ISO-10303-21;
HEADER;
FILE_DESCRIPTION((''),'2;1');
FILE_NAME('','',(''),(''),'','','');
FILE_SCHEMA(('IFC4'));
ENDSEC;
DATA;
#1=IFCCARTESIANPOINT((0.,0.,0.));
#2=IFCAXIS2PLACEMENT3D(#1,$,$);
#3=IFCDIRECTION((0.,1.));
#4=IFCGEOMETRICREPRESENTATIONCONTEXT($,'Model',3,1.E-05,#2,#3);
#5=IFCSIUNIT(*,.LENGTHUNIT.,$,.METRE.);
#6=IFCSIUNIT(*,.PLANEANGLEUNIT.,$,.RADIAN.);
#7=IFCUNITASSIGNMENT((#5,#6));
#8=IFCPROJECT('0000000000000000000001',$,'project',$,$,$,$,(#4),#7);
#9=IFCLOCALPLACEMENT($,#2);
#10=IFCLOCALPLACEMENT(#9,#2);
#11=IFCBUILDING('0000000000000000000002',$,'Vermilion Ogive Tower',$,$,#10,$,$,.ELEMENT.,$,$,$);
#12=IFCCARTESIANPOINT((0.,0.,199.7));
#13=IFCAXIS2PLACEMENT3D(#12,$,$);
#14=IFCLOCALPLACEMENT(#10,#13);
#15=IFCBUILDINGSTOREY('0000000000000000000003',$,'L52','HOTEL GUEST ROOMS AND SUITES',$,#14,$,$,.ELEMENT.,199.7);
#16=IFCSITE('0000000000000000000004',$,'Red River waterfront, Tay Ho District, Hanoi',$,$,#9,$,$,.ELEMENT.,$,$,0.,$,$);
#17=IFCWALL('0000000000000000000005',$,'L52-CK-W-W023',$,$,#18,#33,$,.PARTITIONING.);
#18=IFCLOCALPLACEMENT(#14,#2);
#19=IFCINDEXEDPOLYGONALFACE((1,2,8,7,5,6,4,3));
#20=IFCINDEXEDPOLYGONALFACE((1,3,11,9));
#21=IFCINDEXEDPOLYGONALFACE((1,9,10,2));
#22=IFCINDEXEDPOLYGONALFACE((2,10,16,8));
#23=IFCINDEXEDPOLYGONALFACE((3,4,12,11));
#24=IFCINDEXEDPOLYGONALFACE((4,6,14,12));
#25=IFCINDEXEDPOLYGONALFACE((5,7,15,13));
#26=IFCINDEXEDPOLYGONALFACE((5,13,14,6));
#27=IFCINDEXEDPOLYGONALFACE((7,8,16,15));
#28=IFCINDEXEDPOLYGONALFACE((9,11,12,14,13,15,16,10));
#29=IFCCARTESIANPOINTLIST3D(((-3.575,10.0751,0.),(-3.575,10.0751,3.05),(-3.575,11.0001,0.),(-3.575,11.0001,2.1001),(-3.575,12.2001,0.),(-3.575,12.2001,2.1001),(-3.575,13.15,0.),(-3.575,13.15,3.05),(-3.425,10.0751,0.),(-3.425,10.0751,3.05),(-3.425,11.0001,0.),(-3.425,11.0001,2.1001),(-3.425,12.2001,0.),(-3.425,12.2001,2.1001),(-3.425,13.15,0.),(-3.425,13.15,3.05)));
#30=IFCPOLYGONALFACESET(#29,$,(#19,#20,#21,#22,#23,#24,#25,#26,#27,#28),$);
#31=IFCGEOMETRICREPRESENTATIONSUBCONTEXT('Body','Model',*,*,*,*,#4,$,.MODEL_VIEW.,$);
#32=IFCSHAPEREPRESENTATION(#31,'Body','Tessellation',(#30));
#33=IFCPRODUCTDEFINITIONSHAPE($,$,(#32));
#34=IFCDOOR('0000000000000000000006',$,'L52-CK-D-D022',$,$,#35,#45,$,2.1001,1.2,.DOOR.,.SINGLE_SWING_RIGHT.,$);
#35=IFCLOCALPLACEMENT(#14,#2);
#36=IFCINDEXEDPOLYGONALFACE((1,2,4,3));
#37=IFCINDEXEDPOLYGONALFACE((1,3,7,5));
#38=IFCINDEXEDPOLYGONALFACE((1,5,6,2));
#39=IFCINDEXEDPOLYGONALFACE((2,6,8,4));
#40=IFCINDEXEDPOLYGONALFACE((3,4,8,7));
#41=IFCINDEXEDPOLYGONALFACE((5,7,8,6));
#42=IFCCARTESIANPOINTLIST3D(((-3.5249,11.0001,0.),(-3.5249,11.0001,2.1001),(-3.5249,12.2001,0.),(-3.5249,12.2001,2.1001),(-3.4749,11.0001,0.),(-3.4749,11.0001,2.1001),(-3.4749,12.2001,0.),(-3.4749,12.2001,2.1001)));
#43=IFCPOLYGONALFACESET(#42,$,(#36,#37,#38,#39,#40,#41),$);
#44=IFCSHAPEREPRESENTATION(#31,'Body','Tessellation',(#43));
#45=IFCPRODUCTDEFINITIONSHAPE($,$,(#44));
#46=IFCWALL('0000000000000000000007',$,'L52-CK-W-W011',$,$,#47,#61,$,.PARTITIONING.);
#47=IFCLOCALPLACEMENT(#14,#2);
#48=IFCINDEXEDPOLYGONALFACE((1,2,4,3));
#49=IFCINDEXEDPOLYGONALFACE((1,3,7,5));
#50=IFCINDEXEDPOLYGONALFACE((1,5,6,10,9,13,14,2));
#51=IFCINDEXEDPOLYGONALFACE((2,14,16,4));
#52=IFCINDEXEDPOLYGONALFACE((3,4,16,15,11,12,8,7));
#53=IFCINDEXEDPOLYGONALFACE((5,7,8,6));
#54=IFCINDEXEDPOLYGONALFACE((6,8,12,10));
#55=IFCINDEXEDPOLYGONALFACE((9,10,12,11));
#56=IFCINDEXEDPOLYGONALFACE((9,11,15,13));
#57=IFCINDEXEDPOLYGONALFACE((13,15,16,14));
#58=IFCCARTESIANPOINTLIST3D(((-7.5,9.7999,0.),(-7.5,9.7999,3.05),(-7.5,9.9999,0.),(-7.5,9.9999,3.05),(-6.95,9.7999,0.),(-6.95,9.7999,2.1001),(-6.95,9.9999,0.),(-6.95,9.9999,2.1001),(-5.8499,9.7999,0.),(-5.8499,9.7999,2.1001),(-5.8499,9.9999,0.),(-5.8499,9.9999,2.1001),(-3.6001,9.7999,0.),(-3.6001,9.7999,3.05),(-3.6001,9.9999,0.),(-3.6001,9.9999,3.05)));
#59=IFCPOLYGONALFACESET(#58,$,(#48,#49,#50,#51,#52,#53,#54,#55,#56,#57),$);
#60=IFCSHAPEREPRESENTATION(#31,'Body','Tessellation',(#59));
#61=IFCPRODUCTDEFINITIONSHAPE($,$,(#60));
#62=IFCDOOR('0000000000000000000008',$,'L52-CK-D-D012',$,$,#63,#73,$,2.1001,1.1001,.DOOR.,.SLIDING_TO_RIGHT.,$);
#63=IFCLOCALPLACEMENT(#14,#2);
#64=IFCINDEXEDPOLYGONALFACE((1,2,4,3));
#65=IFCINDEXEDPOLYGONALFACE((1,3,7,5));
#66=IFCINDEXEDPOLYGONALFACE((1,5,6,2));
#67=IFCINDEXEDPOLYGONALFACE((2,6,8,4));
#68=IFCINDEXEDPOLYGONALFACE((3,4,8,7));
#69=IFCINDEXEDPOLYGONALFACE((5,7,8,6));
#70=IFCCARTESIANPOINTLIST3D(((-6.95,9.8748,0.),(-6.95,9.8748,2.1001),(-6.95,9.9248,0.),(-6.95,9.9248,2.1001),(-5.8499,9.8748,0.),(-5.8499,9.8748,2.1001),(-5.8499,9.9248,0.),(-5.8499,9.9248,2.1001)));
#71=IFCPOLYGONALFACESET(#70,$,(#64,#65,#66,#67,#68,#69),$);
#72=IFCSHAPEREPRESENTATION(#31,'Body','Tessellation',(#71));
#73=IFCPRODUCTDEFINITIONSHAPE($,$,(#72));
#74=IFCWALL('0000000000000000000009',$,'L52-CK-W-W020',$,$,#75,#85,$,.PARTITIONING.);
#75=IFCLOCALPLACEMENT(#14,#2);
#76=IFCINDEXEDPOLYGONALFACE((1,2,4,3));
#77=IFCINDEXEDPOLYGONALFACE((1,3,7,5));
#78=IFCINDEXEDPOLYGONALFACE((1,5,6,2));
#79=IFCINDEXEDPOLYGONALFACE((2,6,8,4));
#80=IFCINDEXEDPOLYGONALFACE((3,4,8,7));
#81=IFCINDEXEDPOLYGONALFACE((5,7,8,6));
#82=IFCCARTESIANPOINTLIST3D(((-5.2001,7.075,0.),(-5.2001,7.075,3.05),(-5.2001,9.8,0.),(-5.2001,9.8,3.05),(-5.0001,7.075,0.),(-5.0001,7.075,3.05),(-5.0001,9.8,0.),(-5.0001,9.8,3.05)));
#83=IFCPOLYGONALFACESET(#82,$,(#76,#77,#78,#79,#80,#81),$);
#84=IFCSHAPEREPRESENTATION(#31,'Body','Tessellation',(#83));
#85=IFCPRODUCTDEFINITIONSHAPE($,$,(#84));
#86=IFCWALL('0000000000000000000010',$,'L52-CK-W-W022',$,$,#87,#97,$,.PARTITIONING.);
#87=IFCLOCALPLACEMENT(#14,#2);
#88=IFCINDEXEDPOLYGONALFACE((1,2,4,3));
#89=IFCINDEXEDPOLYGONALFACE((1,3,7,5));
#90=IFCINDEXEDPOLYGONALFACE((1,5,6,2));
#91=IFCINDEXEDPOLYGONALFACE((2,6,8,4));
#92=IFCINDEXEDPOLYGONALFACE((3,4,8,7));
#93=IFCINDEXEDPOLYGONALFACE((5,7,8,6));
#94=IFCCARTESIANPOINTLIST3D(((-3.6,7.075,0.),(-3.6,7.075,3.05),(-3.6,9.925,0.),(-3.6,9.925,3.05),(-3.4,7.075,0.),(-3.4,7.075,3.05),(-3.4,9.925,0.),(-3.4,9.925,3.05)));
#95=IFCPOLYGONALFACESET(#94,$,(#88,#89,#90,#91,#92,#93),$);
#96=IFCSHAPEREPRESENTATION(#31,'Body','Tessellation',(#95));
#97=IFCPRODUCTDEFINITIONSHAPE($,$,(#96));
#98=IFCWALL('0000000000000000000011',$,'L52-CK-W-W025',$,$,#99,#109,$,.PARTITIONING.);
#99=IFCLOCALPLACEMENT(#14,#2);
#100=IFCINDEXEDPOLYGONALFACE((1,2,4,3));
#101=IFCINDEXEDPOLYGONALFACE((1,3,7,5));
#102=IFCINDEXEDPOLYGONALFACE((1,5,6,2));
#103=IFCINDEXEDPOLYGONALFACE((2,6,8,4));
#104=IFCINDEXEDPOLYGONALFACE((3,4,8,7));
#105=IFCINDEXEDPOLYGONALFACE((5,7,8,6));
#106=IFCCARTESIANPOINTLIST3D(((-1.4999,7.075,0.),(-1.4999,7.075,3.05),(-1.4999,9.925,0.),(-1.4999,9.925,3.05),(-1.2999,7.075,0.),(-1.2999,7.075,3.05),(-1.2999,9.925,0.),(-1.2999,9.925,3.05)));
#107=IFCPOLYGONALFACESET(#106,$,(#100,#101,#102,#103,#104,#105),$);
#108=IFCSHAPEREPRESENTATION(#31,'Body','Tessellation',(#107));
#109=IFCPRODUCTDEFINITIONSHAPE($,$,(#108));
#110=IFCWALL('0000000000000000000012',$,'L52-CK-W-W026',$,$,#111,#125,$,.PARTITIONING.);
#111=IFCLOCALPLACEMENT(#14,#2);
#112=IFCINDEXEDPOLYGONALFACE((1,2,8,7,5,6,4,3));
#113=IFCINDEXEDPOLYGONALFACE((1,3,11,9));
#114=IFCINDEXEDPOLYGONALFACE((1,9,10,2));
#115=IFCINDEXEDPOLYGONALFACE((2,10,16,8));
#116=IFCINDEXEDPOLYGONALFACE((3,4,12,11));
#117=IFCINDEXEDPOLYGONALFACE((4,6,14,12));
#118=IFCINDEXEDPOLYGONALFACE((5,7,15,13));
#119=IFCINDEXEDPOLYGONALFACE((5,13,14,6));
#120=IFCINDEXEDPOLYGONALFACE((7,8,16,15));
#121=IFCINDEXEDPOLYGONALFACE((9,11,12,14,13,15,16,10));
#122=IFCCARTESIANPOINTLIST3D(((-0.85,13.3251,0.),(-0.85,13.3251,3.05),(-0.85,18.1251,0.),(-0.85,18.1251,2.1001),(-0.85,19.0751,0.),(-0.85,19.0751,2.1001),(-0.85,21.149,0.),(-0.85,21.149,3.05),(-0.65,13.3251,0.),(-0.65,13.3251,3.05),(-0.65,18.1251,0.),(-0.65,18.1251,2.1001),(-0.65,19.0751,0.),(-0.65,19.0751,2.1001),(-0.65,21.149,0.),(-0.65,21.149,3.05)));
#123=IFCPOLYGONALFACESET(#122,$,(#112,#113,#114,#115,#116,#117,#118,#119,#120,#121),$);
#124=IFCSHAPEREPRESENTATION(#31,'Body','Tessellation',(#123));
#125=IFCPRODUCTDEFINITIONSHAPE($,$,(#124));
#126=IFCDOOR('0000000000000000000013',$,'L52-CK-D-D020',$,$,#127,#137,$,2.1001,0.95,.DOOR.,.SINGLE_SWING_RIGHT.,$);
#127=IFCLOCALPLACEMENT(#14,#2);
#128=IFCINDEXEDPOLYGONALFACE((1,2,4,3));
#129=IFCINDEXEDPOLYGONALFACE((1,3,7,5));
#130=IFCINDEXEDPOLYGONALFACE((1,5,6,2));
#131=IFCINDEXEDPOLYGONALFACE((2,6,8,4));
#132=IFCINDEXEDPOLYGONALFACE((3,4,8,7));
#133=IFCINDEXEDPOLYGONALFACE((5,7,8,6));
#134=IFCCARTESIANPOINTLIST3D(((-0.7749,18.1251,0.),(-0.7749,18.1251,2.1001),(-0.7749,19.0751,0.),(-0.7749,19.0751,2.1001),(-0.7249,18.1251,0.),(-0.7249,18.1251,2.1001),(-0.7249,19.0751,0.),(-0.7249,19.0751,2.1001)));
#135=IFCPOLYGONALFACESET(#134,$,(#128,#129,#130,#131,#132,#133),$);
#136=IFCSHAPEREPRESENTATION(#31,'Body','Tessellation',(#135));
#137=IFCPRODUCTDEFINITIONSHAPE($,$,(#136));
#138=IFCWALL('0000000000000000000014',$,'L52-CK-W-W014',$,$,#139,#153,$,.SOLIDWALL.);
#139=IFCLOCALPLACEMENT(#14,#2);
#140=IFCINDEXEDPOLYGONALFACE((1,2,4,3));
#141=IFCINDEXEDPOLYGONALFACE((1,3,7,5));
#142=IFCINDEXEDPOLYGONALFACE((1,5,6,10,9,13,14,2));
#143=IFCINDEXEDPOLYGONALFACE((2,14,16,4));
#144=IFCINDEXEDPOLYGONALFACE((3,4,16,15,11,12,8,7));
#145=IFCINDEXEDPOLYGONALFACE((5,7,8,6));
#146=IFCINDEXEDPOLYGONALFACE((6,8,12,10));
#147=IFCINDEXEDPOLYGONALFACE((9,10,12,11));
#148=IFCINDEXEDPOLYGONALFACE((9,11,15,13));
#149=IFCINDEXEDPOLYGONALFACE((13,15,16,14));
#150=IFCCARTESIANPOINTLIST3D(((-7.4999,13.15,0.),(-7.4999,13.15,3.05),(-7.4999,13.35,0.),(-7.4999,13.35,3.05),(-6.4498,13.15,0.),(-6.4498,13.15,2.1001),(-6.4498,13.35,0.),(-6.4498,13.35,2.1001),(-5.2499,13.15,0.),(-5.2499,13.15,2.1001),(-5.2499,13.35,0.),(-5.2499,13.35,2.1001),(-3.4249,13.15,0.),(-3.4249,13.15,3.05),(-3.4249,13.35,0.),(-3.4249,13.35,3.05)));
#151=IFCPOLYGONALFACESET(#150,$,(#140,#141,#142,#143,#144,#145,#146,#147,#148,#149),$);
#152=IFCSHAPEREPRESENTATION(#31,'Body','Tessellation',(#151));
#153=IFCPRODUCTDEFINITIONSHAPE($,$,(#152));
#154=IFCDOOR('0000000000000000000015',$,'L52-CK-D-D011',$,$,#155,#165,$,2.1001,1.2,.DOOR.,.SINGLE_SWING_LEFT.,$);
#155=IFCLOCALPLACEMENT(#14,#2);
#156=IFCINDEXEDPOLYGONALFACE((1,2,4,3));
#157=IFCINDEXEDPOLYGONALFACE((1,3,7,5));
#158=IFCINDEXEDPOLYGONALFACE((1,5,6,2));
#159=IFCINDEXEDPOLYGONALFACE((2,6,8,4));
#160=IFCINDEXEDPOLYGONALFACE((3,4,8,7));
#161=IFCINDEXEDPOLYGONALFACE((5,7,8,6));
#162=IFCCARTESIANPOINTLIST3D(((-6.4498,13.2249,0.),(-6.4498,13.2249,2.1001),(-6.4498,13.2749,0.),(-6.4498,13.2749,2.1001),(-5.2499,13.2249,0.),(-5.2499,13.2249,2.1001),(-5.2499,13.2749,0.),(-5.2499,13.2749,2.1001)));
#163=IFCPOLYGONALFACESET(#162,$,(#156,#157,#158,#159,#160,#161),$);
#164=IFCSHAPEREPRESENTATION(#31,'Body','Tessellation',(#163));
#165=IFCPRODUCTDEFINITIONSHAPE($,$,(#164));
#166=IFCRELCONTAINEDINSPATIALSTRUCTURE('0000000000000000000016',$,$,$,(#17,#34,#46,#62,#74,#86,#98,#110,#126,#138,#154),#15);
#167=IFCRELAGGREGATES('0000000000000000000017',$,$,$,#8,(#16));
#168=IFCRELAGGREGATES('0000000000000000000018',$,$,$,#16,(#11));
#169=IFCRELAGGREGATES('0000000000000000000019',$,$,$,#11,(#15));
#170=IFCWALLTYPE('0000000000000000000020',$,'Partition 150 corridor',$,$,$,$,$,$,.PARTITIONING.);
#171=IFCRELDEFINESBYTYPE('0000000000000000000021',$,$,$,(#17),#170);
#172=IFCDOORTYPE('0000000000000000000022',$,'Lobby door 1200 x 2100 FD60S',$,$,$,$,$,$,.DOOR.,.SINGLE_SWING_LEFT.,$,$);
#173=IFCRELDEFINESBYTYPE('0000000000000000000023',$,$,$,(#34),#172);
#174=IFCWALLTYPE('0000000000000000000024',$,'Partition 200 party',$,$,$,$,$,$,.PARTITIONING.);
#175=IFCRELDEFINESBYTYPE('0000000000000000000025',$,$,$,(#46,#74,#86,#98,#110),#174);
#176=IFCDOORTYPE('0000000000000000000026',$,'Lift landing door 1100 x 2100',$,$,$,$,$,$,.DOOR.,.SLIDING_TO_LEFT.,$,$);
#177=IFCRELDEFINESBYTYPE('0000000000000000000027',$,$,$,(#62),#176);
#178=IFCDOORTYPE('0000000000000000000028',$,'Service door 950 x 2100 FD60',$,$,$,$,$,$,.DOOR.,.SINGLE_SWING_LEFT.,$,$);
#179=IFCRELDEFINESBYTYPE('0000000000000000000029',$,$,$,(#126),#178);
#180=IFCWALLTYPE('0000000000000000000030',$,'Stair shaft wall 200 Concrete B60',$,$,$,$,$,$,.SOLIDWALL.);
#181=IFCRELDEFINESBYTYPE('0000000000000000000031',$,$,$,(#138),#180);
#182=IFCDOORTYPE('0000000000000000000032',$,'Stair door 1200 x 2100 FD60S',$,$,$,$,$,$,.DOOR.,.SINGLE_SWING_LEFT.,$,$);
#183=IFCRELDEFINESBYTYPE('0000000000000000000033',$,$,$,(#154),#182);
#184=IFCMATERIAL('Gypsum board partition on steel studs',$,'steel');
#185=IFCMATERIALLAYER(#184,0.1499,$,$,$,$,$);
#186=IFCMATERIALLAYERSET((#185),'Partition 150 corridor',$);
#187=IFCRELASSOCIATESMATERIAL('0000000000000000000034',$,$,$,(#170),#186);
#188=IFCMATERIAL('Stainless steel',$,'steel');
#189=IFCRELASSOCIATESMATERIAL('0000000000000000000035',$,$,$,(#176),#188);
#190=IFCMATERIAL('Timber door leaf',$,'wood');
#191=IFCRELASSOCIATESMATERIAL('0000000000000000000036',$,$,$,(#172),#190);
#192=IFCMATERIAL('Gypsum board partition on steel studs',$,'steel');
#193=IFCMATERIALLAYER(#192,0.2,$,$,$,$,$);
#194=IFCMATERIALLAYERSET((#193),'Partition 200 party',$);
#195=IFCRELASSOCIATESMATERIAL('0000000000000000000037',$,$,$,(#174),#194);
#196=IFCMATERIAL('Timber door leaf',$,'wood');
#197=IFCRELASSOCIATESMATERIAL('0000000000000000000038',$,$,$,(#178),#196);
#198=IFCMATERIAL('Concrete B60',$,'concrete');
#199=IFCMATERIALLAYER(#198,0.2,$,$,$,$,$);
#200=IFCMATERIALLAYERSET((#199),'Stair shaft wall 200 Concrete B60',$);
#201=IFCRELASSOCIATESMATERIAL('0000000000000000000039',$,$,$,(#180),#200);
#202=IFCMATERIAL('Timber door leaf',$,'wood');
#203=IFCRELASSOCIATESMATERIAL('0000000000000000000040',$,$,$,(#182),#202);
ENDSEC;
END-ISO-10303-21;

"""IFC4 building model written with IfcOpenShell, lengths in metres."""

from ifc_helpers import new_model, si_unit, direction, frame, frame_2d, origin, place, context, subcontext, project, spatial, rectangle, extrude, material, layer, layer_set, type_object, element, fill, save


model = new_model("IFC4")

# Units and contexts
model_context = context("Model", 3, precision=1e-05, world=origin(), true_north=direction((0.0, 1.0)))
body_context = subcontext(model_context, "Body", "Model", "MODEL_VIEW")
ifc_project = project(units=[si_unit("LENGTHUNIT", "METRE"), si_unit("PLANEANGLEUNIT", "RADIAN")], contexts=[model_context])

# Site, building, storey
site_placement = place(None, origin())
site = spatial("IfcSite", under=ifc_project, at=site_placement, Name="Red River waterfront, Tay Ho District, Hanoi", CompositionType="ELEMENT", RefElevation=0.0)
building_placement = place(site_placement, origin())
building = spatial("IfcBuilding", under=site, at=building_placement, Name="Vermilion Ogive Tower", CompositionType="ELEMENT")
storey_placement = place(building_placement, frame((0.0, 0.0, 199.7)))
storey = spatial("IfcBuildingStorey", under=building, at=storey_placement, Name="L52", Description="HOTEL GUEST ROOMS AND SUITES", CompositionType="ELEMENT", Elevation=199.7)

# Shared definitions
ifc_material_1 = material(Name="Gypsum board partition on steel studs", Category="steel")
ifc_layer_1 = layer(ifc_material_1, 0.1499)
ifc_layer_set_1 = layer_set([ifc_layer_1], Name="Partition 150 corridor")
wall_type_1 = type_object("IfcWallType", Name="Partition 150 corridor", PredefinedType="PARTITIONING", material=ifc_layer_set_1)

# Shared definitions
ifc_material_2 = material(Name="Stainless steel", Category="steel")
door_type_1 = type_object("IfcDoorType", Name="Lift landing door 1100 x 2100", OperationType="SLIDING_TO_LEFT", PredefinedType="DOOR", material=ifc_material_2)

# Walls, openings, doors
wall_1_placement = place(storey_placement, frame((-3.5, 10.075, 0.0), z_axis=(0.0, 0.0, 1.0), x_axis=(0.0, 1.0, 0.0)))
wall_1 = element("IfcWall", 1, at=wall_1_placement, inside=storey, type_object=wall_type_1, Name="L52-CK-W-W023", PredefinedType="PARTITIONING", context=body_context, shape_type="SweptSolid", body=[
    extrude(rectangle(XDim=3.075, YDim=0.1499, at=frame_2d((1.5376, 0.0))), origin(), (0.0, 0.0, 1.0), 3.05),
])
opening_1_placement = place(wall_1_placement, frame((0.925, 0.0, 0.0)))
opening_1 = element("IfcOpeningElement", 2, at=opening_1_placement, cuts=wall_1, PredefinedType="OPENING", context=body_context, shape_type="SweptSolid", body=[
    extrude(rectangle(XDim=1.2, YDim=2.1001, at=frame_2d((0.6001, 1.05))), frame((0.0, 0.085, 0.0), z_axis=(0.0, -1.0, 0.0), x_axis=(1.0, 0.0, 0.0)), (0.0, 0.0, 1.0), 0.1699),
])
ifc_material_3 = material(Name="Timber door leaf", Category="wood")
door_type_2 = type_object("IfcDoorType", Name="Lobby door 1200 x 2100 FD60S", OperationType="SINGLE_SWING_LEFT", PredefinedType="DOOR", material=ifc_material_3)
door_1_placement = place(opening_1_placement, origin())
door_1 = element("IfcDoor", 3, at=door_1_placement, inside=storey, type_object=door_type_2, Name="L52-CK-D-D022", OperationType="SINGLE_SWING_RIGHT", OverallHeight=2.1001, OverallWidth=1.2, PredefinedType="DOOR", context=body_context, shape_type="SweptSolid", body=[
    extrude(rectangle(XDim=1.2, YDim=2.1001, at=frame_2d((0.6001, 1.05))), frame((0.0, 0.0249, 0.0), z_axis=(0.0, -1.0, 0.0), x_axis=(1.0, 0.0, 0.0)), (0.0, 0.0, 1.0), 0.05),
])
fill(opening_1, door_1)
ifc_material_4 = material(Name="Gypsum board partition on steel studs", Category="steel")
ifc_layer_2 = layer(ifc_material_4, 0.2)
ifc_layer_set_2 = layer_set([ifc_layer_2], Name="Partition 200 party")
wall_type_2 = type_object("IfcWallType", Name="Partition 200 party", PredefinedType="PARTITIONING", material=ifc_layer_set_2)
wall_2_placement = place(storey_placement, frame((-7.5, 9.8999, 0.0), z_axis=(0.0, 0.0, 1.0), x_axis=(1.0, 0.0, 0.0)))
wall_2 = element("IfcWall", 4, at=wall_2_placement, inside=storey, type_object=wall_type_2, Name="L52-CK-W-W011", PredefinedType="PARTITIONING", context=body_context, shape_type="SweptSolid", body=[
    extrude(rectangle(XDim=3.8999, YDim=0.2, at=frame_2d((1.95, 0.0))), origin(), (0.0, 0.0, 1.0), 3.05),
])
opening_2_placement = place(wall_2_placement, frame((0.55, 0.0, 0.0)))
opening_2 = element("IfcOpeningElement", 5, at=opening_2_placement, cuts=wall_2, PredefinedType="OPENING", context=body_context, shape_type="SweptSolid", body=[
    extrude(rectangle(XDim=1.1001, YDim=2.1001, at=frame_2d((0.55, 1.05))), frame((0.0, 0.1099, 0.0), z_axis=(0.0, -1.0, 0.0), x_axis=(1.0, 0.0, 0.0)), (0.0, 0.0, 1.0), 0.22),
])
door_2_placement = place(opening_2_placement, origin())
door_2 = element("IfcDoor", 6, at=door_2_placement, inside=storey, type_object=door_type_1, Name="L52-CK-D-D012", OperationType="SLIDING_TO_RIGHT", OverallHeight=2.1001, OverallWidth=1.1001, PredefinedType="DOOR", context=body_context, shape_type="SweptSolid", body=[
    extrude(rectangle(XDim=1.1001, YDim=2.1001, at=frame_2d((0.55, 1.05))), frame((0.0, 0.0249, 0.0), z_axis=(0.0, -1.0, 0.0), x_axis=(1.0, 0.0, 0.0)), (0.0, 0.0, 1.0), 0.05),
])
fill(opening_2, door_2)

# Walls
wall_3_placement = place(storey_placement, frame((-5.1001, 7.075, 0.0), z_axis=(0.0, 0.0, 1.0), x_axis=(0.0, 1.0, 0.0)))
element("IfcWall", 7, at=wall_3_placement, inside=storey, type_object=wall_type_2, Name="L52-CK-W-W020", PredefinedType="PARTITIONING", context=body_context, shape_type="SweptSolid", body=[
    extrude(rectangle(XDim=2.7251, YDim=0.2, at=frame_2d((1.3625, 0.0))), origin(), (0.0, 0.0, 1.0), 3.05),
])
for number, where, z_axis, x_axis, name in (
    (8, (-3.5, 7.075, 0.0), (0.0, 0.0, 1.0), (0.0, 1.0, 0.0), "L52-CK-W-W022"),
    (9, (-1.3999, 7.075, 0.0), (0.0, 0.0, 1.0), (0.0, 1.0, 0.0), "L52-CK-W-W025"),
):
    element("IfcWall", number, at=place(storey_placement, frame(where, z_axis=z_axis, x_axis=x_axis)), inside=storey, type_object=wall_type_2, Name=name, PredefinedType="PARTITIONING", context=body_context, shape_type="SweptSolid", body=[
        extrude(rectangle(XDim=2.8501, YDim=0.2, at=frame_2d((1.425, 0.0))), origin(), (0.0, 0.0, 1.0), 3.05),
    ])

# Walls, openings, doors
wall_4_placement = place(storey_placement, frame((-0.75, 13.325, 0.0), z_axis=(0.0, 0.0, 1.0), x_axis=(0.0, 1.0, 0.0)))
wall_4 = element("IfcWall", 10, at=wall_4_placement, inside=storey, type_object=wall_type_2, Name="L52-CK-W-W026", PredefinedType="PARTITIONING", context=body_context, shape_type="SweptSolid", body=[
    extrude(rectangle(XDim=7.824, YDim=0.2, at=frame_2d((3.9121, 0.0))), origin(), (0.0, 0.0, 1.0), 3.05),
])
opening_3_placement = place(wall_4_placement, frame((4.8, 0.0, 0.0)))
opening_3 = element("IfcOpeningElement", 11, at=opening_3_placement, cuts=wall_4, PredefinedType="OPENING", context=body_context, shape_type="SweptSolid", body=[
    extrude(rectangle(XDim=0.95, YDim=2.1001, at=frame_2d((0.4751, 1.05))), frame((0.0, 0.1099, 0.0), z_axis=(0.0, -1.0, 0.0), x_axis=(1.0, 0.0, 0.0)), (0.0, 0.0, 1.0), 0.22),
])
ifc_material_5 = material(Name="Timber door leaf", Category="wood")
door_type_3 = type_object("IfcDoorType", Name="Service door 950 x 2100 FD60", OperationType="SINGLE_SWING_LEFT", PredefinedType="DOOR", material=ifc_material_5)
door_3_placement = place(opening_3_placement, origin())
door_3 = element("IfcDoor", 12, at=door_3_placement, inside=storey, type_object=door_type_3, Name="L52-CK-D-D020", OperationType="SINGLE_SWING_RIGHT", OverallHeight=2.1001, OverallWidth=0.95, PredefinedType="DOOR", context=body_context, shape_type="SweptSolid", body=[
    extrude(rectangle(XDim=0.95, YDim=2.1001, at=frame_2d((0.4751, 1.05))), frame((0.0, 0.0249, 0.0), z_axis=(0.0, -1.0, 0.0), x_axis=(1.0, 0.0, 0.0)), (0.0, 0.0, 1.0), 0.05),
])
fill(opening_3, door_3)
ifc_material_6 = material(Name="Concrete B60", Category="concrete")
ifc_layer_3 = layer(ifc_material_6, 0.2)
ifc_layer_set_3 = layer_set([ifc_layer_3], Name="Stair shaft wall 200 Concrete B60")
wall_type_3 = type_object("IfcWallType", Name="Stair shaft wall 200 Concrete B60", PredefinedType="SOLIDWALL", material=ifc_layer_set_3)
wall_5_placement = place(storey_placement, frame((-7.5, 13.25, 0.0), z_axis=(0.0, 0.0, 1.0), x_axis=(1.0, 0.0, 0.0)))
wall_5 = element("IfcWall", 13, at=wall_5_placement, inside=storey, type_object=wall_type_3, Name="L52-CK-W-W014", PredefinedType="SOLIDWALL", context=body_context, shape_type="SweptSolid", body=[
    extrude(rectangle(XDim=4.075, YDim=0.2, at=frame_2d((2.0376, 0.0))), origin(), (0.0, 0.0, 1.0), 3.05),
])
opening_4_placement = place(wall_5_placement, frame((1.05, 0.0, 0.0)))
opening_4 = element("IfcOpeningElement", 14, at=opening_4_placement, cuts=wall_5, PredefinedType="OPENING", context=body_context, shape_type="SweptSolid", body=[
    extrude(rectangle(XDim=1.2, YDim=2.1001, at=frame_2d((0.6001, 1.05))), frame((0.0, 0.1099, 0.0), z_axis=(0.0, -1.0, 0.0), x_axis=(1.0, 0.0, 0.0)), (0.0, 0.0, 1.0), 0.22),
])
ifc_material_7 = material(Name="Timber door leaf", Category="wood")
door_type_4 = type_object("IfcDoorType", Name="Stair door 1200 x 2100 FD60S", OperationType="SINGLE_SWING_LEFT", PredefinedType="DOOR", material=ifc_material_7)
door_4_placement = place(opening_4_placement, origin())
door_4 = element("IfcDoor", 15, at=door_4_placement, inside=storey, type_object=door_type_4, Name="L52-CK-D-D011", OperationType="SINGLE_SWING_LEFT", OverallHeight=2.1001, OverallWidth=1.2, PredefinedType="DOOR", context=body_context, shape_type="SweptSolid", body=[
    extrude(rectangle(XDim=1.2, YDim=2.1001, at=frame_2d((0.6001, 1.05))), frame((0.0, 0.0249, 0.0), z_axis=(0.0, -1.0, 0.0), x_axis=(1.0, 0.0, 0.0)), (0.0, 0.0, 1.0), 0.05),
])
fill(opening_4, door_4)

save(model, "model.ifc")
